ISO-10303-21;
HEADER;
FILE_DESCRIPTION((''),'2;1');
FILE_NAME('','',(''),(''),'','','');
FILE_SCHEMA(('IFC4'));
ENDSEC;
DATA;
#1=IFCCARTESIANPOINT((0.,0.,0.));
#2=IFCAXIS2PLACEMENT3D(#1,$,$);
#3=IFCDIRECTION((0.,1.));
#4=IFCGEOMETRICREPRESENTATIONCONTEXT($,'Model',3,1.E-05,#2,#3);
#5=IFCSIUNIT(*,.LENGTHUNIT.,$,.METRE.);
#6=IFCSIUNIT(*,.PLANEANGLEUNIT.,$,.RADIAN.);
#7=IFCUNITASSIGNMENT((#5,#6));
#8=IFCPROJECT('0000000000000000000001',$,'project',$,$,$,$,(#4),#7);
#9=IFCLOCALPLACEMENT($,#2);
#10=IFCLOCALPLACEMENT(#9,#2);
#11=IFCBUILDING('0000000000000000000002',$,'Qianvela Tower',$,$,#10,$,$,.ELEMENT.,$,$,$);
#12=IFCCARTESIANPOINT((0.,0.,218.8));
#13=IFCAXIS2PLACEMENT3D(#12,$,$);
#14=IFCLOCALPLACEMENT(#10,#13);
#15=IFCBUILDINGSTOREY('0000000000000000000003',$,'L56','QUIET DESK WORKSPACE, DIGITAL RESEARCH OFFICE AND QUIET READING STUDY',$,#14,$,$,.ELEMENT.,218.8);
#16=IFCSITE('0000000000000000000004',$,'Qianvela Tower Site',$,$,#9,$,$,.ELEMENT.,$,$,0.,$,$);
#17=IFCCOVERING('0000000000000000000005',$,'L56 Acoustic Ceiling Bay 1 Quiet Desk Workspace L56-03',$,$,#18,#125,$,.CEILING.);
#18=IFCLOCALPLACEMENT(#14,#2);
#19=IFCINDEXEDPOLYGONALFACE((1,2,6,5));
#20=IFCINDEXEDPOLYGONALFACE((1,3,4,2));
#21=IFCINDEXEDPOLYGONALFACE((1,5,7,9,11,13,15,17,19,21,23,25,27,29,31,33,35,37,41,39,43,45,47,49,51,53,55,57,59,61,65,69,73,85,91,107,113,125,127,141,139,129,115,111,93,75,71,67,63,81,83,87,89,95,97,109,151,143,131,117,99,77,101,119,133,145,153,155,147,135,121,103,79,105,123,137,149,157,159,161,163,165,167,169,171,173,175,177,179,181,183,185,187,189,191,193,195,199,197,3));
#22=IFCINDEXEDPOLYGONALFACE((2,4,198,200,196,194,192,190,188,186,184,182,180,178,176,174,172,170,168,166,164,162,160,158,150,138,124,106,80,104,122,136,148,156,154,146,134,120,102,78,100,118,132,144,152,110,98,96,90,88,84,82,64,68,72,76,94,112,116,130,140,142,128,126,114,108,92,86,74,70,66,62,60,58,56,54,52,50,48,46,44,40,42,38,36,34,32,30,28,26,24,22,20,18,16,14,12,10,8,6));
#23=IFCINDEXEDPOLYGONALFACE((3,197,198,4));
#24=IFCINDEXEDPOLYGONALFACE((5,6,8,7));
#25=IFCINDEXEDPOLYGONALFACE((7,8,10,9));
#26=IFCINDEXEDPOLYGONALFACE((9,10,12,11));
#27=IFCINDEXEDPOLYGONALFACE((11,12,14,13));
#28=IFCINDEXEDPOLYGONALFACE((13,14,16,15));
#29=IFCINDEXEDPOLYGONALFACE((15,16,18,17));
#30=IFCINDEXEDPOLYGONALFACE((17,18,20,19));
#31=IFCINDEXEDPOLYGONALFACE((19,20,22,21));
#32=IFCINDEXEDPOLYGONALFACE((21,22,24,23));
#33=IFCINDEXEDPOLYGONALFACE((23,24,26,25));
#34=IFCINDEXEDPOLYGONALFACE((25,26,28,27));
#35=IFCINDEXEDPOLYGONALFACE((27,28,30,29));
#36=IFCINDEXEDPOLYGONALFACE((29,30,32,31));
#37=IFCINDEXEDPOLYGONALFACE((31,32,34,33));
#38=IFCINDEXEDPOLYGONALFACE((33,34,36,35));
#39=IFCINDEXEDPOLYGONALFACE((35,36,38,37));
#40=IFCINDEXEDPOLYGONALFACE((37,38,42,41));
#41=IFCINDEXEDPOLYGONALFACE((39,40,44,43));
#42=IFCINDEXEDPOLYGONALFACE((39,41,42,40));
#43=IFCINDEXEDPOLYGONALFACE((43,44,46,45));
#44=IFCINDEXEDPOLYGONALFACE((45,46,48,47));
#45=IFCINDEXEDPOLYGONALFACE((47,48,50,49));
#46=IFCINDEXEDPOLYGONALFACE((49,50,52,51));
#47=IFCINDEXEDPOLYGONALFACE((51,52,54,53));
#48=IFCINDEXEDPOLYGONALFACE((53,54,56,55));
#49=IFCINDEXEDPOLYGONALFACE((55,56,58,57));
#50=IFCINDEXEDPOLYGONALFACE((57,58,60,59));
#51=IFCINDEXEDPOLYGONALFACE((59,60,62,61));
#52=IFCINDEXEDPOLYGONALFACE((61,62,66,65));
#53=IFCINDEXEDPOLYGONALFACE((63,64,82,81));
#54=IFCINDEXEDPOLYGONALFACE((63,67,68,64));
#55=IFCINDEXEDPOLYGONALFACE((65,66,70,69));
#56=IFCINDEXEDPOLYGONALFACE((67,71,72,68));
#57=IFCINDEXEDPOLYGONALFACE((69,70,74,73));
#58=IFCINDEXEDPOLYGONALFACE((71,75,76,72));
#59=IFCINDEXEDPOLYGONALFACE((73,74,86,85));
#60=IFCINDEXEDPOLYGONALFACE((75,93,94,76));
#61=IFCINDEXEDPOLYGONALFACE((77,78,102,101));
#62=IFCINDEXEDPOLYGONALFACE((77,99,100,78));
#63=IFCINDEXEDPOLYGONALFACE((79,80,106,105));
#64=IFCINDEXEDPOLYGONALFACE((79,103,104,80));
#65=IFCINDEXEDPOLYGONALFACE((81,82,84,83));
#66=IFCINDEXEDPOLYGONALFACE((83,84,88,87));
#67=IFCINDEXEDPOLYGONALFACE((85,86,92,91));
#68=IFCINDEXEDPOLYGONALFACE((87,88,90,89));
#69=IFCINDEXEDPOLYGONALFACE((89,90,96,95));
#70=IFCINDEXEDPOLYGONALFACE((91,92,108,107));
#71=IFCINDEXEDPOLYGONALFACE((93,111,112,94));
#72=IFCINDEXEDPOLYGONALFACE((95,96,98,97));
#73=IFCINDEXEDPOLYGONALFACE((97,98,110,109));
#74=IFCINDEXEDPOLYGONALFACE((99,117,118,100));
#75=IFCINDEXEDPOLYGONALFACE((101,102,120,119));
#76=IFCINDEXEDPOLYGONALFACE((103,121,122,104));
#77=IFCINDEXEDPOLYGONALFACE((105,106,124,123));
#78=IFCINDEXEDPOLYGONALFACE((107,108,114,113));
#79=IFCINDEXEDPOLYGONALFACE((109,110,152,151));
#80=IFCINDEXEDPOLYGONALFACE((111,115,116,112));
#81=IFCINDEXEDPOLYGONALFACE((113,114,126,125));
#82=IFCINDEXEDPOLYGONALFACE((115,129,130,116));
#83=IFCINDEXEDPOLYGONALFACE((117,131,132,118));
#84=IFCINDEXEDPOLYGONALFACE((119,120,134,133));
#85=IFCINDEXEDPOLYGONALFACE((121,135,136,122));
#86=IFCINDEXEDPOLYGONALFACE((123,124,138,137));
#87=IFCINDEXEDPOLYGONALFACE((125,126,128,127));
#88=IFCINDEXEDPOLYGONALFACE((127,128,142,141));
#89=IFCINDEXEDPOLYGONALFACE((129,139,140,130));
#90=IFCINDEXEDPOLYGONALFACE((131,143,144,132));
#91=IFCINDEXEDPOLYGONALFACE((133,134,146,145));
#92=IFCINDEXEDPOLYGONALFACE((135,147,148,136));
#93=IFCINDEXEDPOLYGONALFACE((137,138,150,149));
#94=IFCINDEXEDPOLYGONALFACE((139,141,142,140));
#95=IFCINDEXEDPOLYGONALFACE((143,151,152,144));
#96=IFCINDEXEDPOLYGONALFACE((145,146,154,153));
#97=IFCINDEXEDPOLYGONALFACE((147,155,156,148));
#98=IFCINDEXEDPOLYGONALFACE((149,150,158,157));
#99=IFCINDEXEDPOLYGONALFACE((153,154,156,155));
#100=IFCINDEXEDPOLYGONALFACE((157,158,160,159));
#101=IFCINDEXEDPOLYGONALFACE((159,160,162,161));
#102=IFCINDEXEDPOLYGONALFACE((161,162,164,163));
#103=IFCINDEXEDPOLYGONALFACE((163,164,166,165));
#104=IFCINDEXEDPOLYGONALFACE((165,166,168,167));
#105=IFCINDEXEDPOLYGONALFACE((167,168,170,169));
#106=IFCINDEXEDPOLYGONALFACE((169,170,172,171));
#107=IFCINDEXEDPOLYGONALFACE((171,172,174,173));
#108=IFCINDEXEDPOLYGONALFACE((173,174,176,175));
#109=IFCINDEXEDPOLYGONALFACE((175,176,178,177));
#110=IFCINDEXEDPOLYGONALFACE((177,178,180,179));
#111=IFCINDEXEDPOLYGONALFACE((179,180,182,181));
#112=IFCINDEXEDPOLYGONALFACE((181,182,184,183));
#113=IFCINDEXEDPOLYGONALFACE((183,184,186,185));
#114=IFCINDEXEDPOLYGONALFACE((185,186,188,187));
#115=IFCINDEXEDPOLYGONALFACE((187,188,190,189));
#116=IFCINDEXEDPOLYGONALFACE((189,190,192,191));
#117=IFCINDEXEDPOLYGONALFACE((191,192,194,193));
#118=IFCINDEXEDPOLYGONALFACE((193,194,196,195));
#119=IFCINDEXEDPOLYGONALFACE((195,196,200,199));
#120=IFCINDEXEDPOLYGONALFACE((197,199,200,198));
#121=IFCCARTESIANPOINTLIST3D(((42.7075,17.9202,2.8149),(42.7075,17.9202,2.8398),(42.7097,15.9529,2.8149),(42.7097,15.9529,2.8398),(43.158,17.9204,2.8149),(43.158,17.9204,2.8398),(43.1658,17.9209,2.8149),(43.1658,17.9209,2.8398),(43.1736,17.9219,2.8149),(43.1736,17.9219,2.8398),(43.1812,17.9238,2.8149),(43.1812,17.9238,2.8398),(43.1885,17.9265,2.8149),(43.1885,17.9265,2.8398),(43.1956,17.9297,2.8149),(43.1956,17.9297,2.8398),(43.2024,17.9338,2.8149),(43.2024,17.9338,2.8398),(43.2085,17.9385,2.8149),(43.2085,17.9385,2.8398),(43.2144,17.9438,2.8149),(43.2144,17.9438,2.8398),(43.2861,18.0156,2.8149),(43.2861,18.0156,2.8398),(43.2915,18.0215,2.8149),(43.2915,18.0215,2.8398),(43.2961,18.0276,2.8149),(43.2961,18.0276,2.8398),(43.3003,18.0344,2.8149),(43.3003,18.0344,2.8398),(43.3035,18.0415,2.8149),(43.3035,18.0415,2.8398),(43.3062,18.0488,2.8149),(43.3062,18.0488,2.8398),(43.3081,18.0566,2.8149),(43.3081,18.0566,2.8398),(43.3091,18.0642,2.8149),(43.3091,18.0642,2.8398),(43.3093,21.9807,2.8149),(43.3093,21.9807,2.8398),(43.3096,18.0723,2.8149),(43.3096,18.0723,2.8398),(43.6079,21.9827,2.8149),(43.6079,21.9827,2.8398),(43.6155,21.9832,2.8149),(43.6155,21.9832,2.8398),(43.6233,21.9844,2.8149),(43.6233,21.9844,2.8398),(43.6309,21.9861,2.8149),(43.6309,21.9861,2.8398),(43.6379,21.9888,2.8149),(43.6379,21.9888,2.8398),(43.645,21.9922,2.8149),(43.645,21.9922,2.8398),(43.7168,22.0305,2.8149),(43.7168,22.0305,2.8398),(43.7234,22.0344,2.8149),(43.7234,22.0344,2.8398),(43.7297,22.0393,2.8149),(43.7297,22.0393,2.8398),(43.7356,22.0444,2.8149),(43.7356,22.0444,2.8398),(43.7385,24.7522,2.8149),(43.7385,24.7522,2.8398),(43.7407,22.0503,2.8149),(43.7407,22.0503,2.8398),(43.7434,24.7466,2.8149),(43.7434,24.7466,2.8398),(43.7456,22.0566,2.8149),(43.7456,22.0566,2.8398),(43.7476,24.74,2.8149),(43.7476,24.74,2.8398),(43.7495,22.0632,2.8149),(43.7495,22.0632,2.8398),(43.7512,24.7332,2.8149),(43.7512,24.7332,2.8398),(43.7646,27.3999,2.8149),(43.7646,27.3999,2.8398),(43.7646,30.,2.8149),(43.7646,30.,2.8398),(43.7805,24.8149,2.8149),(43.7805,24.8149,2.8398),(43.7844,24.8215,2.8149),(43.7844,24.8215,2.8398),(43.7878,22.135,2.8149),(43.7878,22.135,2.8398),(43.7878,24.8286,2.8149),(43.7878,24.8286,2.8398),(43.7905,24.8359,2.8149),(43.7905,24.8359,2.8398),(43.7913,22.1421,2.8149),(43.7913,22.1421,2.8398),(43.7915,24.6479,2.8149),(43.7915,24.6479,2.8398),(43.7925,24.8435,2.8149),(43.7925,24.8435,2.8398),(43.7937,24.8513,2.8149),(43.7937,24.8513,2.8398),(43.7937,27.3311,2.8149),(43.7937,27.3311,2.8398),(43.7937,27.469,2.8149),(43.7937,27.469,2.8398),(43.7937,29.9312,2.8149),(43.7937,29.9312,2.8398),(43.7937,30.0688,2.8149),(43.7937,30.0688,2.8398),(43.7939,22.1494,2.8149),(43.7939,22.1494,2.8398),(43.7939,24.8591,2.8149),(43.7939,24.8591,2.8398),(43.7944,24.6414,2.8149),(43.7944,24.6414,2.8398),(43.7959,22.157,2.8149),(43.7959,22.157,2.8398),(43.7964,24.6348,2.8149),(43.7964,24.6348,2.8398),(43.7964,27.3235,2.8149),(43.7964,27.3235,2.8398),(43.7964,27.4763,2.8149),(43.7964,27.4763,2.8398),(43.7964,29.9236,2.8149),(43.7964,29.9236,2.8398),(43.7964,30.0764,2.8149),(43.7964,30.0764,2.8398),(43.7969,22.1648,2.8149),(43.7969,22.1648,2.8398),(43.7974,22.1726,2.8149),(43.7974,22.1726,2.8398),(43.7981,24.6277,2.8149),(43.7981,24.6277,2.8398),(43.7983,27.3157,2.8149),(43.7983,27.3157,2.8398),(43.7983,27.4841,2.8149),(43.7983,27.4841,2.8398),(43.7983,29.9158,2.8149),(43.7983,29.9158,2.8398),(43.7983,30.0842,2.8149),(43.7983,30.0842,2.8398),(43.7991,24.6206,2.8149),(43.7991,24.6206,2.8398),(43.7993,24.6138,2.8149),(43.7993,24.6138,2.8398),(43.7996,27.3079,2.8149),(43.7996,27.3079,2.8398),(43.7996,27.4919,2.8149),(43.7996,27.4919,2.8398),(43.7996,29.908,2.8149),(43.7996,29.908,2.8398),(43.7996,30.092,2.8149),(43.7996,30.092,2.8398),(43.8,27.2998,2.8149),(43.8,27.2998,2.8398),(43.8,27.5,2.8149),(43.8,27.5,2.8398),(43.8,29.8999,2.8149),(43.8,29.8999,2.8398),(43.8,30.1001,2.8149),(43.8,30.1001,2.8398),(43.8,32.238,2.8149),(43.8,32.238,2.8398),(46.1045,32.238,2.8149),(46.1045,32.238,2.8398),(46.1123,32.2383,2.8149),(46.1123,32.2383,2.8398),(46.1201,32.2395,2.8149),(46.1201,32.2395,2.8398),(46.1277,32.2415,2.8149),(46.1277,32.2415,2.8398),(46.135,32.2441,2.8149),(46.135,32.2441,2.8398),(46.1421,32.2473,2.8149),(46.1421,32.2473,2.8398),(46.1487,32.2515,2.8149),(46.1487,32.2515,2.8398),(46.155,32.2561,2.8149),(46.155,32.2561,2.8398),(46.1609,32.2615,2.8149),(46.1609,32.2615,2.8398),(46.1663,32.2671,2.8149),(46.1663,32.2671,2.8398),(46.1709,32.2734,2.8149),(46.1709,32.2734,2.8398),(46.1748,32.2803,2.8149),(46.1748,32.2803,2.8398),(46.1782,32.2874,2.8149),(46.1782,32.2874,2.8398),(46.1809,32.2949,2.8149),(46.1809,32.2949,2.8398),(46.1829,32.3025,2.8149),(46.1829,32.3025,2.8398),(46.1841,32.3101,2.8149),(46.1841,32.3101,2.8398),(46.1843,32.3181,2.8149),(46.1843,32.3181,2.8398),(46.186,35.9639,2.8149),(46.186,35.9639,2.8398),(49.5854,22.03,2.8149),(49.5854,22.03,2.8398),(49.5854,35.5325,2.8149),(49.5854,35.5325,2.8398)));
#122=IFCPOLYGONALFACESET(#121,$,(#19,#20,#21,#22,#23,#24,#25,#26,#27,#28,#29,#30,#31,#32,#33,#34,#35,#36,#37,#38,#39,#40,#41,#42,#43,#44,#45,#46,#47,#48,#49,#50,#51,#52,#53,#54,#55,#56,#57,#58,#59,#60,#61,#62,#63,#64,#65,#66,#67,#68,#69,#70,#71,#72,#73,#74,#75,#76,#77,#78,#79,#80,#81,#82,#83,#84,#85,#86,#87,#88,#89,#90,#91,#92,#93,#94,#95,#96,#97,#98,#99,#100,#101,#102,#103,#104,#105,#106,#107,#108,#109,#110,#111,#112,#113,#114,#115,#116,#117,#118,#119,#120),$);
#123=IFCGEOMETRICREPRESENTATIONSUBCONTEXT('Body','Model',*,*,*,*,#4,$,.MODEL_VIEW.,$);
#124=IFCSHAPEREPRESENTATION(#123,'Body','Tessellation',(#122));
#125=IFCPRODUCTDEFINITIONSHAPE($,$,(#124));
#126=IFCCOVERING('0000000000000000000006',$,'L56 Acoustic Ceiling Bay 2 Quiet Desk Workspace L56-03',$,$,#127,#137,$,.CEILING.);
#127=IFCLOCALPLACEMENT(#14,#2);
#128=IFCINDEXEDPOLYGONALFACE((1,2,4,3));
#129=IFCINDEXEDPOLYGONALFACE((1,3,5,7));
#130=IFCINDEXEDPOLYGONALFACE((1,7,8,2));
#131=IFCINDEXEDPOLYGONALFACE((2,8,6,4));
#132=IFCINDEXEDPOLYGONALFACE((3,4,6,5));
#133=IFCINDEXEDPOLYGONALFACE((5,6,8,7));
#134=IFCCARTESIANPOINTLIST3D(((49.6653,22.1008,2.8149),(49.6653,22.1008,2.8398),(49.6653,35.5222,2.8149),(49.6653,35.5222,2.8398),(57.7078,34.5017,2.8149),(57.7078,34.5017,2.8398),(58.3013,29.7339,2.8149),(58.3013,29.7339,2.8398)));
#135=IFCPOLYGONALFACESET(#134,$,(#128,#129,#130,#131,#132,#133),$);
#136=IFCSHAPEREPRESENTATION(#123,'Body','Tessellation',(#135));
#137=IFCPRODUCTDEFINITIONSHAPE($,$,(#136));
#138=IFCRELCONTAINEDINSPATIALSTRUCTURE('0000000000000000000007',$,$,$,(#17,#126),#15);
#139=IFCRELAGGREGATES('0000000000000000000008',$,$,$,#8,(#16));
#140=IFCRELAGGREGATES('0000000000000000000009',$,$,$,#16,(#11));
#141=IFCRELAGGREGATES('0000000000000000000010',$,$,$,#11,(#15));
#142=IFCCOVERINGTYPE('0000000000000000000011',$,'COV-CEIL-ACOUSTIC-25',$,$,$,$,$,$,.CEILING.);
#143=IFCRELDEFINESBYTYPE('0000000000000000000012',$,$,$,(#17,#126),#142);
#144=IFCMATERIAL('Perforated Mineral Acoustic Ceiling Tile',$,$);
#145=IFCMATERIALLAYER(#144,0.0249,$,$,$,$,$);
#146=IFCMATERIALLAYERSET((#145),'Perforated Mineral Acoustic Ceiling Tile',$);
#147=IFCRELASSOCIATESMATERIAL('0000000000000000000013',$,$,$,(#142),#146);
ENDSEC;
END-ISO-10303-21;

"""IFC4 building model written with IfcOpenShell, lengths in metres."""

from ifc_helpers import new_model, si_unit, direction, frame, origin, place, context, subcontext, project, spatial, polyline, outline, extrude, material, layer, layer_set, type_object, element, save


model = new_model("IFC4")

# Units and contexts
model_context = context("Model", 3, precision=1e-05, world=origin(), true_north=direction((0.0, 1.0)))
body_context = subcontext(model_context, "Body", "Model", "MODEL_VIEW")
ifc_project = project(units=[si_unit("LENGTHUNIT", "METRE"), si_unit("PLANEANGLEUNIT", "RADIAN")], contexts=[model_context])

# Site, building, storey
site_placement = place(None, origin())
site = spatial("IfcSite", under=ifc_project, at=site_placement, Name="Qianvela Tower Site", CompositionType="ELEMENT", RefElevation=0.0)
building_placement = place(site_placement, origin())
building = spatial("IfcBuilding", under=site, at=building_placement, Name="Qianvela Tower", CompositionType="ELEMENT")
storey_placement = place(building_placement, frame((0.0, 0.0, 218.8)))
storey = spatial("IfcBuildingStorey", under=building, at=storey_placement, Name="L56", Description="QUIET DESK WORKSPACE, DIGITAL RESEARCH OFFICE AND QUIET READING STUDY", CompositionType="ELEMENT", Elevation=218.8)

# Coverings
ifc_material_1 = material(Name="Perforated Mineral Acoustic Ceiling Tile")
ifc_layer_1 = layer(ifc_material_1, 0.0249)
ifc_layer_set_1 = layer_set([ifc_layer_1], Name="Perforated Mineral Acoustic Ceiling Tile")
covering_type_1 = type_object("IfcCoveringType", Name="COV-CEIL-ACOUSTIC-25", PredefinedType="CEILING", material=ifc_layer_set_1)
covering_1_placement = place(storey_placement, frame((0.0, 0.0, 2.8149)))
element("IfcCovering", 1, at=covering_1_placement, inside=storey, type_object=covering_type_1, Name="L56 Acoustic Ceiling Bay 1 Quiet Desk Workspace L56-03", PredefinedType="CEILING", context=body_context, shape_type="SweptSolid", body=[
    extrude(outline(polyline([(43.7805, 24.8149), (43.7844, 24.8215), (43.7878, 24.8286), (43.7905, 24.8359), (43.7925, 24.8435), (43.7937, 24.8513), (43.7939, 24.8591), (43.8, 27.2998), (43.7996, 27.3079), (43.7983, 27.3157), (43.7964, 27.3235), (43.7937, 27.3311), (43.7646, 27.3999), (43.7937, 27.469), (43.7964, 27.4763), (43.7983, 27.4841), (43.7996, 27.4919), (43.8, 27.5), (43.8, 29.8999), (43.7996, 29.908), (43.7983, 29.9158), (43.7964, 29.9236), (43.7937, 29.9312), (43.7646, 30.0), (43.7937, 30.0688), (43.7964, 30.0764), (43.7983, 30.0842), (43.7996, 30.092), (43.8, 30.1001), (43.8, 32.238), (46.1045, 32.238), (46.1123, 32.2383), (46.1201, 32.2395), (46.1277, 32.2415), (46.135, 32.2441), (46.1421, 32.2473), (46.1487, 32.2515), (46.155, 32.2561), (46.1609, 32.2615), (46.1663, 32.2671), (46.1709, 32.2734), (46.1748, 32.2803), (46.1782, 32.2874), (46.1809, 32.2949), (46.1829, 32.3025), (46.1841, 32.3101), (46.1843, 32.3181), (46.186, 35.9639), (49.5854, 35.5325), (49.5854, 22.03), (42.7097, 15.9529), (42.7075, 17.9202), (43.158, 17.9204), (43.1658, 17.9209), (43.1736, 17.9219), (43.1812, 17.9238), (43.1885, 17.9265), (43.1956, 17.9297), (43.2024, 17.9338), (43.2085, 17.9385), (43.2144, 17.9438), (43.2861, 18.0156), (43.2915, 18.0215), (43.2961, 18.0276), (43.3003, 18.0344), (43.3035, 18.0415), (43.3062, 18.0488), (43.3081, 18.0566), (43.3091, 18.0642), (43.3096, 18.0723), (43.3093, 21.9807), (43.6079, 21.9827), (43.6155, 21.9832), (43.6233, 21.9844), (43.6309, 21.9861), (43.6379, 21.9888), (43.645, 21.9922), (43.7168, 22.0305), (43.7234, 22.0344), (43.7297, 22.0393), (43.7356, 22.0444), (43.7407, 22.0503), (43.7456, 22.0566), (43.7495, 22.0632), (43.7878, 22.135), (43.7913, 22.1421), (43.7939, 22.1494), (43.7959, 22.157), (43.7969, 22.1648), (43.7974, 22.1726), (43.7993, 24.6138), (43.7991, 24.6206), (43.7981, 24.6277), (43.7964, 24.6348), (43.7944, 24.6414), (43.7915, 24.6479), (43.7512, 24.7332), (43.7476, 24.74), (43.7434, 24.7466), (43.7385, 24.7522), (43.7805, 24.8149)])), origin(), (0.0, 0.0, 1.0), 0.0249),
])
covering_2_placement = place(storey_placement, frame((0.0, 0.0, 2.8149)))
element("IfcCovering", 2, at=covering_2_placement, inside=storey, type_object=covering_type_1, Name="L56 Acoustic Ceiling Bay 2 Quiet Desk Workspace L56-03", PredefinedType="CEILING", context=body_context, shape_type="SweptSolid", body=[
    extrude(outline(polyline([(57.7078, 34.5017), (58.3013, 29.7339), (49.6653, 22.1008), (49.6653, 35.5222), (57.7078, 34.5017)])), origin(), (0.0, 0.0, 1.0), 0.0249),
])

save(model, "model.ifc")
